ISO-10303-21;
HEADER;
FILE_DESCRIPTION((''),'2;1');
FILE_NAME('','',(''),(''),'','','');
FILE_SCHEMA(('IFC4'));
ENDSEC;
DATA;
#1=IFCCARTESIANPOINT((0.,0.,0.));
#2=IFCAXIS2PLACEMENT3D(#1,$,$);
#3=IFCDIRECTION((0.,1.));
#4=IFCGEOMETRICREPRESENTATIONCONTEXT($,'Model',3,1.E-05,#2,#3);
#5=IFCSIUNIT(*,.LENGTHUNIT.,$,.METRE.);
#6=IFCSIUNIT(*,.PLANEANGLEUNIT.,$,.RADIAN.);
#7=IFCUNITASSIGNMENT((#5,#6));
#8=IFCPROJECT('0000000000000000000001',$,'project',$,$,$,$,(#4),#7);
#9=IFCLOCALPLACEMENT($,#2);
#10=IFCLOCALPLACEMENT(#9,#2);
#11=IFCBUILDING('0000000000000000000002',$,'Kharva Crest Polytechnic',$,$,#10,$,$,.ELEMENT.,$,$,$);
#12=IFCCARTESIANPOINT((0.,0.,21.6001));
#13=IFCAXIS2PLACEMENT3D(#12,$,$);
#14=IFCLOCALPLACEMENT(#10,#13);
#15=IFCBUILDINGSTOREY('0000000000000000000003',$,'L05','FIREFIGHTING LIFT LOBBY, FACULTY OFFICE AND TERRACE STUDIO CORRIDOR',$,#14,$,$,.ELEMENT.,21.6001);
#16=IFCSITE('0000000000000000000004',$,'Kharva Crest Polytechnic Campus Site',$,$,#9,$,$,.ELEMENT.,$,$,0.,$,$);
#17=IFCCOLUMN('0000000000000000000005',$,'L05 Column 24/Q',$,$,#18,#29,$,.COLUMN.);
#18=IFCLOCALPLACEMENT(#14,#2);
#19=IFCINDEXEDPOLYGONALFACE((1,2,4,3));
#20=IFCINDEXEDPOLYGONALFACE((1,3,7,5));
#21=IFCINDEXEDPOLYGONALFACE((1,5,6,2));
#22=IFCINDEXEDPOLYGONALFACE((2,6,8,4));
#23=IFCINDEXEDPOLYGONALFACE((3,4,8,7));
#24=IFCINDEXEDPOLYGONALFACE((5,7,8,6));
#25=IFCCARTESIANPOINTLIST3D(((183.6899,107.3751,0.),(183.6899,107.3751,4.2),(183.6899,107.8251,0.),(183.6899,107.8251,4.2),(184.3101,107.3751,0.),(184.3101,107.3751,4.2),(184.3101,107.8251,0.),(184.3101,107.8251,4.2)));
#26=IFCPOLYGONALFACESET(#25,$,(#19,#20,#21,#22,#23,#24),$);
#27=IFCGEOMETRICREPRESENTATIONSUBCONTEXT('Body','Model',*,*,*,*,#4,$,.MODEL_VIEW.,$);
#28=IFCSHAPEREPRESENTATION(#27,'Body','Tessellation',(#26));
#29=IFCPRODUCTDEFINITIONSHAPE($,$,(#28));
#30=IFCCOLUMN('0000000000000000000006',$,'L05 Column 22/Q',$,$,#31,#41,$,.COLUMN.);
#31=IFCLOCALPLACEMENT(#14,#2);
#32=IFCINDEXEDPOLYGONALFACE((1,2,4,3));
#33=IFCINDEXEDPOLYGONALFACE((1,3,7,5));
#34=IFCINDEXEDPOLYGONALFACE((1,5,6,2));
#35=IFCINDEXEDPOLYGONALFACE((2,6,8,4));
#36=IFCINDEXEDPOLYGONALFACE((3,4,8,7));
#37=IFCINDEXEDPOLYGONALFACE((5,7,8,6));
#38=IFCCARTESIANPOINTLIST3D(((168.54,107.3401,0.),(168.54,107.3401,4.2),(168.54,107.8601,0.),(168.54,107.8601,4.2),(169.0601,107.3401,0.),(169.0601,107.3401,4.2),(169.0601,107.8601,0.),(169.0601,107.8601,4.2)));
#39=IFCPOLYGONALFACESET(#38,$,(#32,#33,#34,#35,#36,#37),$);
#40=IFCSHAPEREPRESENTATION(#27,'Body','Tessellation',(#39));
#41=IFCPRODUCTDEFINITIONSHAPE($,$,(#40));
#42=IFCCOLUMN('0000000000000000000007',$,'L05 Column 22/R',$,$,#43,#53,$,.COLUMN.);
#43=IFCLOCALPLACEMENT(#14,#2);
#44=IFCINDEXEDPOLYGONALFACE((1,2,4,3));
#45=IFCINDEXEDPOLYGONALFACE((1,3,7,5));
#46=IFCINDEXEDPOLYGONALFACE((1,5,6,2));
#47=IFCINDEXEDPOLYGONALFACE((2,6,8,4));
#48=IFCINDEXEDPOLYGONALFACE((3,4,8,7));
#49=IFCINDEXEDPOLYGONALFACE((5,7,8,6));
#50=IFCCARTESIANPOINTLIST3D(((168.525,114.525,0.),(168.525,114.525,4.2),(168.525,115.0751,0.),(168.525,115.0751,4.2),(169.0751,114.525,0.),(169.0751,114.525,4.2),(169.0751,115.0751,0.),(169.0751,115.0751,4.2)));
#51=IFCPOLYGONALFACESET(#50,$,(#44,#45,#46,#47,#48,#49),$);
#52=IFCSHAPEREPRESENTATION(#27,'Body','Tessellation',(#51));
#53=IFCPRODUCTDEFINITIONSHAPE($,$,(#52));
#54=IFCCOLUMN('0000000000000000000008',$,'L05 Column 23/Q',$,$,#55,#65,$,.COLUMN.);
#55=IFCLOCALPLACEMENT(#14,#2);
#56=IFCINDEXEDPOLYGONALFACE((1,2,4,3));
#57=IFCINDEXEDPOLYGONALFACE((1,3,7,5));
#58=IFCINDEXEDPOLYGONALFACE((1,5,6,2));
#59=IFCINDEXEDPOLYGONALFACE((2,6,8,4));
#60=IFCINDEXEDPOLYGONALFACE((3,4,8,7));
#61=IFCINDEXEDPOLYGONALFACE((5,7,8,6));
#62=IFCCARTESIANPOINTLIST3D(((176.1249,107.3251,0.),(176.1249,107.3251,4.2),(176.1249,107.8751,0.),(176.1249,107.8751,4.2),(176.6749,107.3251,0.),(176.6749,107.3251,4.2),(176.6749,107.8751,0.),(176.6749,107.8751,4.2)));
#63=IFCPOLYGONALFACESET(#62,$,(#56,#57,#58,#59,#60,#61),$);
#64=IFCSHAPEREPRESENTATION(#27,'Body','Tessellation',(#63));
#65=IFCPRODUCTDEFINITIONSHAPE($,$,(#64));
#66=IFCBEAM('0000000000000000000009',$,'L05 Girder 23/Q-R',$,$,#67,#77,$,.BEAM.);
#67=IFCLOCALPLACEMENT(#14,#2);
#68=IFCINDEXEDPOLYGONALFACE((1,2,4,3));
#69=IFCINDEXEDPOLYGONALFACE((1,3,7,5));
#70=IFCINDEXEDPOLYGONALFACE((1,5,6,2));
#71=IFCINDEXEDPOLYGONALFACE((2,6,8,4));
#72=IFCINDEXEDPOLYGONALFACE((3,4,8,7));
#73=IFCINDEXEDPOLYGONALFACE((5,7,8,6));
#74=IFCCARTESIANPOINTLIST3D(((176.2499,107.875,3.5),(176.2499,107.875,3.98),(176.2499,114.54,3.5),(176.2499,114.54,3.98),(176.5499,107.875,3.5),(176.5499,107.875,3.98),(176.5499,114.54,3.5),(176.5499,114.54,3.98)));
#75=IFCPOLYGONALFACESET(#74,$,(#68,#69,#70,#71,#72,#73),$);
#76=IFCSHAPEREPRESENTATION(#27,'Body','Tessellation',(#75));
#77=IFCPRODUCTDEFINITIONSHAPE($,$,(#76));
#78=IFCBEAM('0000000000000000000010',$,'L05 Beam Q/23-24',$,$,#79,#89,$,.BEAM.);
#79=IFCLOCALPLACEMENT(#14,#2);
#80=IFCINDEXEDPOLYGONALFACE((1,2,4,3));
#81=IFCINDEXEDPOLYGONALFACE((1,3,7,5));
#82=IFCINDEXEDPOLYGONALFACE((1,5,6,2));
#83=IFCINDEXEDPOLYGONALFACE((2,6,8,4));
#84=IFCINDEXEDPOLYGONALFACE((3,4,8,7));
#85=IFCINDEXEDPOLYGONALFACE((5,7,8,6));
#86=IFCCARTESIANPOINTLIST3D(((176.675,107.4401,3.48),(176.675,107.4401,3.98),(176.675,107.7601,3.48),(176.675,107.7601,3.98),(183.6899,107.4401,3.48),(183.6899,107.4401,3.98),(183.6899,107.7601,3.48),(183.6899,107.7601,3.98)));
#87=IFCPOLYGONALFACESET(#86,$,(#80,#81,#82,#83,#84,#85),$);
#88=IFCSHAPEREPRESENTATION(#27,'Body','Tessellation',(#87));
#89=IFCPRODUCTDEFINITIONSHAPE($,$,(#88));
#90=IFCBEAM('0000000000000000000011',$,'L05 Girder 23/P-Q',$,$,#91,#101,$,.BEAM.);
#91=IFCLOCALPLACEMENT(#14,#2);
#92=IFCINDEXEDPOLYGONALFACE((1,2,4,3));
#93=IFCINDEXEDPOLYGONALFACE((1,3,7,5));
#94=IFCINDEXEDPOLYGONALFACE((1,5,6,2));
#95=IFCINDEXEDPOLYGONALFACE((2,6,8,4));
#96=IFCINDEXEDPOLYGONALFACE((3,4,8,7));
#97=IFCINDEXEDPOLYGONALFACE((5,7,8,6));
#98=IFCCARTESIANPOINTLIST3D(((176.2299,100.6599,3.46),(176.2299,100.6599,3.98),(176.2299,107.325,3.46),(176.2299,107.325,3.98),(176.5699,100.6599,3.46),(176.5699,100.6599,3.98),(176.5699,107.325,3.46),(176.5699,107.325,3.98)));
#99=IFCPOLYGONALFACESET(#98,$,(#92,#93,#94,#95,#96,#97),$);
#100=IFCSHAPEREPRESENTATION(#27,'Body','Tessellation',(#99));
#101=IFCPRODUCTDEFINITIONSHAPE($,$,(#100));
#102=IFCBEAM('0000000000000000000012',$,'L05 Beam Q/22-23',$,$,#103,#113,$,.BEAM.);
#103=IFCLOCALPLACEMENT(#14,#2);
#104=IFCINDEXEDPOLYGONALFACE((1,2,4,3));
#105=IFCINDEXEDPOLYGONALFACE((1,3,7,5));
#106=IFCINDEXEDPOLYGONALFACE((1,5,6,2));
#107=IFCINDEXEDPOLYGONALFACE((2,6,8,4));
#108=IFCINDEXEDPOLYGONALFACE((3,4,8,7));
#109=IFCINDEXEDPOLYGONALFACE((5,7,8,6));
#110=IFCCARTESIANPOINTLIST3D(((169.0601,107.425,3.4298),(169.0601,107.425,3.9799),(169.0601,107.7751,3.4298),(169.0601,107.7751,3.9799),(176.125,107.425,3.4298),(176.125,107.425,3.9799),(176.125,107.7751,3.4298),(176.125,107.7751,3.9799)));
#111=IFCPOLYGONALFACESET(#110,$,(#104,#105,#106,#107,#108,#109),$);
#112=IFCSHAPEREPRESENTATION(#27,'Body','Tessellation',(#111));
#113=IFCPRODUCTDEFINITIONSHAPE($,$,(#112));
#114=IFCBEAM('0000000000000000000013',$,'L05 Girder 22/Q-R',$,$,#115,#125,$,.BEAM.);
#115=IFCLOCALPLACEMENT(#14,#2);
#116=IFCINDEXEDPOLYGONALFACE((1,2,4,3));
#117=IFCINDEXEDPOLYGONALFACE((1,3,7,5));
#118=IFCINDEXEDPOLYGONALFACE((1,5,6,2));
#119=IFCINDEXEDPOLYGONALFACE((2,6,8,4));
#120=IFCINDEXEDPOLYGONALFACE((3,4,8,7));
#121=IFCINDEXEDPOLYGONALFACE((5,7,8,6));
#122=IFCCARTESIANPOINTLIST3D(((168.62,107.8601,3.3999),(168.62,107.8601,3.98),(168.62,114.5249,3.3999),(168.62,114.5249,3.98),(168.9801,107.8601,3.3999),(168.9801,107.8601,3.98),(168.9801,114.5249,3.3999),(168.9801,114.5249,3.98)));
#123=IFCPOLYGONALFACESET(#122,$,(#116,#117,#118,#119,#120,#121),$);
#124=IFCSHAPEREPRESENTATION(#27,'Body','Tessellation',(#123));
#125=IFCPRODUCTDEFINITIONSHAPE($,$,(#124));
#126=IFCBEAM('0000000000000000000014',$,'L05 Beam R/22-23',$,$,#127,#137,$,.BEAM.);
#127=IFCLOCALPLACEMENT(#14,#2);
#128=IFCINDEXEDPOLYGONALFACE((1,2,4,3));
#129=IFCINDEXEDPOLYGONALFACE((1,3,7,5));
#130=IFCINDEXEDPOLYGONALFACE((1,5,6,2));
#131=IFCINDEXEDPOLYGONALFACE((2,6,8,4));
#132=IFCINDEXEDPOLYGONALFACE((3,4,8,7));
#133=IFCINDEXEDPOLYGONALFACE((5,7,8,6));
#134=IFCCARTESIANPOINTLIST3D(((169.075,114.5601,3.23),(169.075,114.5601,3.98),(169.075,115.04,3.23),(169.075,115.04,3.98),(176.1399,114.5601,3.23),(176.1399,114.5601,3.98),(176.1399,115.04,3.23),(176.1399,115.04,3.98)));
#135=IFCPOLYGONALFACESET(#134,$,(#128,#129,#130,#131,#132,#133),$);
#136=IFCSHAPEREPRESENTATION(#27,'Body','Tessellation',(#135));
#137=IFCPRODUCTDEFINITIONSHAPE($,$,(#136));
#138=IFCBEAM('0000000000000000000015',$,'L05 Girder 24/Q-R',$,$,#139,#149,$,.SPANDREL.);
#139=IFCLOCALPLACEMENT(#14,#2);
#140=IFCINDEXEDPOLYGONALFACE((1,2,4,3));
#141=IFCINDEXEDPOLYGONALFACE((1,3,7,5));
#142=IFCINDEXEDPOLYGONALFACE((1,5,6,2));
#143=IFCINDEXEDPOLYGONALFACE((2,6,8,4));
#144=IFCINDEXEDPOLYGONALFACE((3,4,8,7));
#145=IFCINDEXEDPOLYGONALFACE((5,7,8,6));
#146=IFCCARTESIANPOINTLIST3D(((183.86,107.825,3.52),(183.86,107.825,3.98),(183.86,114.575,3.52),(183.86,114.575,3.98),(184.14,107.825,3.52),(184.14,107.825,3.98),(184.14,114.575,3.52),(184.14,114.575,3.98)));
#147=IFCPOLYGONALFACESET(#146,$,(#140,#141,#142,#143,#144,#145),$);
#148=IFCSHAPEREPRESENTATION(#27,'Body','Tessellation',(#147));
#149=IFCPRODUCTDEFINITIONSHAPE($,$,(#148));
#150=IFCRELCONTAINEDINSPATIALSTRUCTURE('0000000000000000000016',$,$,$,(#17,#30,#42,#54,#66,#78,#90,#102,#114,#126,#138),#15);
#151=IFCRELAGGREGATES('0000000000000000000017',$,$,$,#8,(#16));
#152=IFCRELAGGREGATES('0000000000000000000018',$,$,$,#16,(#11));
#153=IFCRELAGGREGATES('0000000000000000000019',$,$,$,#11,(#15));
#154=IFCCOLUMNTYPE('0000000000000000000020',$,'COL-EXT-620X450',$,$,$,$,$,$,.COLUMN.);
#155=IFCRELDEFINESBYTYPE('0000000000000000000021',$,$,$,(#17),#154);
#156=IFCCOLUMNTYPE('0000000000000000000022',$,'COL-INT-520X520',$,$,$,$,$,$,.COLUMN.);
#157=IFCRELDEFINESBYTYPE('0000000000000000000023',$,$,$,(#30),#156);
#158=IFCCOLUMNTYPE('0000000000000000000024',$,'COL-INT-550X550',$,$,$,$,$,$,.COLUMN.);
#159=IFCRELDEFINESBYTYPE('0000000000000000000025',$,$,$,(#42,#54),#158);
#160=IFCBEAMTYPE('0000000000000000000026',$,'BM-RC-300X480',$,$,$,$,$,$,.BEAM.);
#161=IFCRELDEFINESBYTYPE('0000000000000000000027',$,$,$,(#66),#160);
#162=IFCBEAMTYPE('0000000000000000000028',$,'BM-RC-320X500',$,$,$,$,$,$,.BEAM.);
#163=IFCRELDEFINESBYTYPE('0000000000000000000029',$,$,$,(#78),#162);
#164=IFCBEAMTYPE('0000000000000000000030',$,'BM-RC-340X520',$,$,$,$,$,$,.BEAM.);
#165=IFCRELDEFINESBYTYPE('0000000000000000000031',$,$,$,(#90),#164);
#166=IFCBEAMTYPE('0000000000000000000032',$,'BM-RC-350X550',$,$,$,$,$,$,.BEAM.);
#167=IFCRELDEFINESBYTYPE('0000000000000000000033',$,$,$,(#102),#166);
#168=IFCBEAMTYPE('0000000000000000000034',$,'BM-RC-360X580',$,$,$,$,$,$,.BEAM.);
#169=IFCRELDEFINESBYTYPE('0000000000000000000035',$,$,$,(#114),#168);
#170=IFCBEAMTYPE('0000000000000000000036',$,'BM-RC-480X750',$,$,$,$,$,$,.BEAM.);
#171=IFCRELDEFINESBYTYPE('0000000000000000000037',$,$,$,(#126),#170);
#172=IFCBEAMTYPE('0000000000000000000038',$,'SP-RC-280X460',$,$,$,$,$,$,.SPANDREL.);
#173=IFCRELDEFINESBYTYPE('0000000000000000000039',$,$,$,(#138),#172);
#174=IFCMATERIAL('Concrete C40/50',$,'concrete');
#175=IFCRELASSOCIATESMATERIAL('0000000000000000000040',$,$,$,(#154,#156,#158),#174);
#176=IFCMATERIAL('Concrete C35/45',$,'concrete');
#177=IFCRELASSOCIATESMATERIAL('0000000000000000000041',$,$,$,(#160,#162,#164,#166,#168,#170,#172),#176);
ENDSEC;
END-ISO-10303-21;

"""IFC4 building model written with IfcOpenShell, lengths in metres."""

from ifc_helpers import new_model, si_unit, direction, frame, origin, origin_2d, place, context, subcontext, project, spatial, rectangle, extrude, material, material_profile, profile_set, type_object, element, save


model = new_model("IFC4")

# Units and contexts
model_context = context("Model", 3, precision=1e-05, world=origin(), true_north=direction((0.0, 1.0)))
body_context = subcontext(model_context, "Body", "Model", "MODEL_VIEW")
ifc_project = project(units=[si_unit("LENGTHUNIT", "METRE"), si_unit("PLANEANGLEUNIT", "RADIAN")], contexts=[model_context])

# Site, building, storey
site_placement = place(None, origin())
site = spatial("IfcSite", under=ifc_project, at=site_placement, Name="Kharva Crest Polytechnic Campus Site", CompositionType="ELEMENT", RefElevation=0.0)
building_placement = place(site_placement, origin())
building = spatial("IfcBuilding", under=site, at=building_placement, Name="Kharva Crest Polytechnic", CompositionType="ELEMENT")
storey_placement = place(building_placement, frame((0.0, 0.0, 21.6001)))
storey = spatial("IfcBuildingStorey", under=building, at=storey_placement, Name="L05", Description="FIREFIGHTING LIFT LOBBY, FACULTY OFFICE AND TERRACE STUDIO CORRIDOR", CompositionType="ELEMENT", Elevation=21.6001)

# Columns
ifc_material_1 = material(Name="Concrete C40/50", Category="concrete")
ifc_material_profile_1 = material_profile(ifc_material_1, rectangle(XDim=0.6201, YDim=0.45, at=origin_2d()), Name="RECT 620 X 450")
ifc_profile_set_1 = profile_set([ifc_material_profile_1], Name="Concrete C40/50")
column_type_1 = type_object("IfcColumnType", Name="COL-EXT-620X450", PredefinedType="COLUMN", material=ifc_profile_set_1)
column_1_placement = place(storey_placement, frame((184.0, 107.6001, 0.0), z_axis=(0.0, 0.0, 1.0), x_axis=(1.0, 0.0, 0.0)))
element("IfcColumn", 1, at=column_1_placement, inside=storey, type_object=column_type_1, Name="L05 Column 24/Q", PredefinedType="COLUMN", context=body_context, shape_type="SweptSolid", body=[
    extrude(rectangle(XDim=0.6201, YDim=0.45, at=origin_2d()), origin(), (0.0, 0.0, 1.0), 4.2),
])
ifc_material_profile_2 = material_profile(ifc_material_1, rectangle(XDim=0.52, YDim=0.52, at=origin_2d()), Name="RECT 520 X 520")
ifc_profile_set_2 = profile_set([ifc_material_profile_2], Name="Concrete C40/50")
column_type_2 = type_object("IfcColumnType", Name="COL-INT-520X520", PredefinedType="COLUMN", material=ifc_profile_set_2)
column_2_placement = place(storey_placement, frame((168.8, 107.6001, 0.0), z_axis=(0.0, 0.0, 1.0), x_axis=(1.0, 0.0, 0.0)))
element("IfcColumn", 2, at=column_2_placement, inside=storey, type_object=column_type_2, Name="L05 Column 22/Q", PredefinedType="COLUMN", context=body_context, shape_type="SweptSolid", body=[
    extrude(rectangle(XDim=0.52, YDim=0.52, at=origin_2d()), origin(), (0.0, 0.0, 1.0), 4.2),
])
ifc_material_profile_3 = material_profile(ifc_material_1, rectangle(XDim=0.55, YDim=0.55, at=origin_2d()), Name="RECT 550 X 550")
ifc_profile_set_3 = profile_set([ifc_material_profile_3], Name="Concrete C40/50")
column_type_3 = type_object("IfcColumnType", Name="COL-INT-550X550", PredefinedType="COLUMN", material=ifc_profile_set_3)
for number, where, z_axis, x_axis, name in (
    (3, (168.8, 114.8, 0.0), (0.0, 0.0, 1.0), (1.0, 0.0, 0.0), "L05 Column 22/R"),
    (4, (176.3999, 107.6001, 0.0), (0.0, 0.0, 1.0), (1.0, 0.0, 0.0), "L05 Column 23/Q"),
):
    element("IfcColumn", number, at=place(storey_placement, frame(where, z_axis=z_axis, x_axis=x_axis)), inside=storey, type_object=column_type_3, Name=name, PredefinedType="COLUMN", context=body_context, shape_type="SweptSolid", body=[
        extrude(rectangle(XDim=0.55, YDim=0.55, at=origin_2d()), origin(), (0.0, 0.0, 1.0), 4.2),
    ])

# Beams
ifc_material_2 = material(Name="Concrete C35/45", Category="concrete")
ifc_material_profile_4 = material_profile(ifc_material_2, rectangle(XDim=0.3, YDim=0.48, at=origin_2d()), Name="RECT 300 X 480")
ifc_profile_set_4 = profile_set([ifc_material_profile_4], Name="Concrete C35/45")
beam_type_1 = type_object("IfcBeamType", Name="BM-RC-300X480", PredefinedType="BEAM", material=ifc_profile_set_4)
beam_1_placement = place(storey_placement, frame((176.3999, 107.875, 3.74), z_axis=(0.0, 1.0, 0.0), x_axis=(-1.0, 0.0, 0.0)))
element("IfcBeam", 5, at=beam_1_placement, inside=storey, type_object=beam_type_1, Name="L05 Girder 23/Q-R", PredefinedType="BEAM", context=body_context, shape_type="SweptSolid", body=[
    extrude(rectangle(XDim=0.3, YDim=0.48, at=origin_2d()), origin(), (0.0, 0.0, 1.0), 6.665),
])
ifc_material_profile_5 = material_profile(ifc_material_2, rectangle(XDim=0.3201, YDim=0.5, at=origin_2d()), Name="RECT 320 X 500")
ifc_profile_set_5 = profile_set([ifc_material_profile_5], Name="Concrete C35/45")
beam_type_2 = type_object("IfcBeamType", Name="BM-RC-320X500", PredefinedType="BEAM", material=ifc_profile_set_5)
beam_2_placement = place(storey_placement, frame((176.675, 107.6001, 3.73), z_axis=(1.0, 0.0, 0.0), x_axis=(0.0, 1.0, 0.0)))
element("IfcBeam", 6, at=beam_2_placement, inside=storey, type_object=beam_type_2, Name="L05 Beam Q/23-24", PredefinedType="BEAM", context=body_context, shape_type="SweptSolid", body=[
    extrude(rectangle(XDim=0.3201, YDim=0.5, at=origin_2d()), origin(), (0.0, 0.0, 1.0), 7.0149),
])
ifc_material_profile_6 = material_profile(ifc_material_2, rectangle(XDim=0.3401, YDim=0.52, at=origin_2d()), Name="RECT 340 X 520")
ifc_profile_set_6 = profile_set([ifc_material_profile_6], Name="Concrete C35/45")
beam_type_3 = type_object("IfcBeamType", Name="BM-RC-340X520", PredefinedType="BEAM", material=ifc_profile_set_6)
beam_3_placement = place(storey_placement, frame((176.3999, 100.6599, 3.72), z_axis=(0.0, 1.0, 0.0), x_axis=(-1.0, 0.0, 0.0)))
element("IfcBeam", 7, at=beam_3_placement, inside=storey, type_object=beam_type_3, Name="L05 Girder 23/P-Q", PredefinedType="BEAM", context=body_context, shape_type="SweptSolid", body=[
    extrude(rectangle(XDim=0.3401, YDim=0.52, at=origin_2d()), origin(), (0.0, 0.0, 1.0), 6.665),
])
ifc_material_profile_7 = material_profile(ifc_material_2, rectangle(XDim=0.3501, YDim=0.55, at=origin_2d()), Name="RECT 350 X 550")
ifc_profile_set_7 = profile_set([ifc_material_profile_7], Name="Concrete C35/45")
beam_type_4 = type_object("IfcBeamType", Name="BM-RC-350X550", PredefinedType="BEAM", material=ifc_profile_set_7)
beam_4_placement = place(storey_placement, frame((169.0601, 107.6001, 3.7048), z_axis=(1.0, 0.0, 0.0), x_axis=(0.0, 1.0, 0.0)))
element("IfcBeam", 8, at=beam_4_placement, inside=storey, type_object=beam_type_4, Name="L05 Beam Q/22-23", PredefinedType="BEAM", context=body_context, shape_type="SweptSolid", body=[
    extrude(rectangle(XDim=0.3501, YDim=0.55, at=origin_2d()), origin(), (0.0, 0.0, 1.0), 7.0649),
])
ifc_material_profile_8 = material_profile(ifc_material_2, rectangle(XDim=0.3601, YDim=0.5801, at=origin_2d()), Name="RECT 360 X 580")
ifc_profile_set_8 = profile_set([ifc_material_profile_8], Name="Concrete C35/45")
beam_type_5 = type_object("IfcBeamType", Name="BM-RC-360X580", PredefinedType="BEAM", material=ifc_profile_set_8)
beam_5_placement = place(storey_placement, frame((168.8, 107.8601, 3.6899), z_axis=(0.0, 1.0, 0.0), x_axis=(-1.0, 0.0, 0.0)))
element("IfcBeam", 9, at=beam_5_placement, inside=storey, type_object=beam_type_5, Name="L05 Girder 22/Q-R", PredefinedType="BEAM", context=body_context, shape_type="SweptSolid", body=[
    extrude(rectangle(XDim=0.3601, YDim=0.5801, at=origin_2d()), origin(), (0.0, 0.0, 1.0), 6.6648),
])
ifc_material_profile_9 = material_profile(ifc_material_2, rectangle(XDim=0.48, YDim=0.75, at=origin_2d()), Name="RECT 480 X 750")
ifc_profile_set_9 = profile_set([ifc_material_profile_9], Name="Concrete C35/45")
beam_type_6 = type_object("IfcBeamType", Name="BM-RC-480X750", PredefinedType="BEAM", material=ifc_profile_set_9)
beam_6_placement = place(storey_placement, frame((169.075, 114.8, 3.605), z_axis=(1.0, 0.0, 0.0), x_axis=(0.0, 1.0, 0.0)))
element("IfcBeam", 10, at=beam_6_placement, inside=storey, type_object=beam_type_6, Name="L05 Beam R/22-23", PredefinedType="BEAM", context=body_context, shape_type="SweptSolid", body=[
    extrude(rectangle(XDim=0.48, YDim=0.75, at=origin_2d()), origin(), (0.0, 0.0, 1.0), 7.0649),
])
ifc_material_profile_10 = material_profile(ifc_material_2, rectangle(XDim=0.28, YDim=0.46, at=origin_2d()), Name="RECT 280 X 460")
ifc_profile_set_10 = profile_set([ifc_material_profile_10], Name="Concrete C35/45")
beam_type_7 = type_object("IfcBeamType", Name="SP-RC-280X460", PredefinedType="SPANDREL", material=ifc_profile_set_10)
beam_7_placement = place(storey_placement, frame((184.0, 107.825, 3.75), z_axis=(0.0, 1.0, 0.0), x_axis=(-1.0, 0.0, 0.0)))
element("IfcBeam", 11, at=beam_7_placement, inside=storey, type_object=beam_type_7, Name="L05 Girder 24/Q-R", PredefinedType="SPANDREL", context=body_context, shape_type="SweptSolid", body=[
    extrude(rectangle(XDim=0.28, YDim=0.46, at=origin_2d()), origin(), (0.0, 0.0, 1.0), 6.75),
])

save(model, "model.ifc")
